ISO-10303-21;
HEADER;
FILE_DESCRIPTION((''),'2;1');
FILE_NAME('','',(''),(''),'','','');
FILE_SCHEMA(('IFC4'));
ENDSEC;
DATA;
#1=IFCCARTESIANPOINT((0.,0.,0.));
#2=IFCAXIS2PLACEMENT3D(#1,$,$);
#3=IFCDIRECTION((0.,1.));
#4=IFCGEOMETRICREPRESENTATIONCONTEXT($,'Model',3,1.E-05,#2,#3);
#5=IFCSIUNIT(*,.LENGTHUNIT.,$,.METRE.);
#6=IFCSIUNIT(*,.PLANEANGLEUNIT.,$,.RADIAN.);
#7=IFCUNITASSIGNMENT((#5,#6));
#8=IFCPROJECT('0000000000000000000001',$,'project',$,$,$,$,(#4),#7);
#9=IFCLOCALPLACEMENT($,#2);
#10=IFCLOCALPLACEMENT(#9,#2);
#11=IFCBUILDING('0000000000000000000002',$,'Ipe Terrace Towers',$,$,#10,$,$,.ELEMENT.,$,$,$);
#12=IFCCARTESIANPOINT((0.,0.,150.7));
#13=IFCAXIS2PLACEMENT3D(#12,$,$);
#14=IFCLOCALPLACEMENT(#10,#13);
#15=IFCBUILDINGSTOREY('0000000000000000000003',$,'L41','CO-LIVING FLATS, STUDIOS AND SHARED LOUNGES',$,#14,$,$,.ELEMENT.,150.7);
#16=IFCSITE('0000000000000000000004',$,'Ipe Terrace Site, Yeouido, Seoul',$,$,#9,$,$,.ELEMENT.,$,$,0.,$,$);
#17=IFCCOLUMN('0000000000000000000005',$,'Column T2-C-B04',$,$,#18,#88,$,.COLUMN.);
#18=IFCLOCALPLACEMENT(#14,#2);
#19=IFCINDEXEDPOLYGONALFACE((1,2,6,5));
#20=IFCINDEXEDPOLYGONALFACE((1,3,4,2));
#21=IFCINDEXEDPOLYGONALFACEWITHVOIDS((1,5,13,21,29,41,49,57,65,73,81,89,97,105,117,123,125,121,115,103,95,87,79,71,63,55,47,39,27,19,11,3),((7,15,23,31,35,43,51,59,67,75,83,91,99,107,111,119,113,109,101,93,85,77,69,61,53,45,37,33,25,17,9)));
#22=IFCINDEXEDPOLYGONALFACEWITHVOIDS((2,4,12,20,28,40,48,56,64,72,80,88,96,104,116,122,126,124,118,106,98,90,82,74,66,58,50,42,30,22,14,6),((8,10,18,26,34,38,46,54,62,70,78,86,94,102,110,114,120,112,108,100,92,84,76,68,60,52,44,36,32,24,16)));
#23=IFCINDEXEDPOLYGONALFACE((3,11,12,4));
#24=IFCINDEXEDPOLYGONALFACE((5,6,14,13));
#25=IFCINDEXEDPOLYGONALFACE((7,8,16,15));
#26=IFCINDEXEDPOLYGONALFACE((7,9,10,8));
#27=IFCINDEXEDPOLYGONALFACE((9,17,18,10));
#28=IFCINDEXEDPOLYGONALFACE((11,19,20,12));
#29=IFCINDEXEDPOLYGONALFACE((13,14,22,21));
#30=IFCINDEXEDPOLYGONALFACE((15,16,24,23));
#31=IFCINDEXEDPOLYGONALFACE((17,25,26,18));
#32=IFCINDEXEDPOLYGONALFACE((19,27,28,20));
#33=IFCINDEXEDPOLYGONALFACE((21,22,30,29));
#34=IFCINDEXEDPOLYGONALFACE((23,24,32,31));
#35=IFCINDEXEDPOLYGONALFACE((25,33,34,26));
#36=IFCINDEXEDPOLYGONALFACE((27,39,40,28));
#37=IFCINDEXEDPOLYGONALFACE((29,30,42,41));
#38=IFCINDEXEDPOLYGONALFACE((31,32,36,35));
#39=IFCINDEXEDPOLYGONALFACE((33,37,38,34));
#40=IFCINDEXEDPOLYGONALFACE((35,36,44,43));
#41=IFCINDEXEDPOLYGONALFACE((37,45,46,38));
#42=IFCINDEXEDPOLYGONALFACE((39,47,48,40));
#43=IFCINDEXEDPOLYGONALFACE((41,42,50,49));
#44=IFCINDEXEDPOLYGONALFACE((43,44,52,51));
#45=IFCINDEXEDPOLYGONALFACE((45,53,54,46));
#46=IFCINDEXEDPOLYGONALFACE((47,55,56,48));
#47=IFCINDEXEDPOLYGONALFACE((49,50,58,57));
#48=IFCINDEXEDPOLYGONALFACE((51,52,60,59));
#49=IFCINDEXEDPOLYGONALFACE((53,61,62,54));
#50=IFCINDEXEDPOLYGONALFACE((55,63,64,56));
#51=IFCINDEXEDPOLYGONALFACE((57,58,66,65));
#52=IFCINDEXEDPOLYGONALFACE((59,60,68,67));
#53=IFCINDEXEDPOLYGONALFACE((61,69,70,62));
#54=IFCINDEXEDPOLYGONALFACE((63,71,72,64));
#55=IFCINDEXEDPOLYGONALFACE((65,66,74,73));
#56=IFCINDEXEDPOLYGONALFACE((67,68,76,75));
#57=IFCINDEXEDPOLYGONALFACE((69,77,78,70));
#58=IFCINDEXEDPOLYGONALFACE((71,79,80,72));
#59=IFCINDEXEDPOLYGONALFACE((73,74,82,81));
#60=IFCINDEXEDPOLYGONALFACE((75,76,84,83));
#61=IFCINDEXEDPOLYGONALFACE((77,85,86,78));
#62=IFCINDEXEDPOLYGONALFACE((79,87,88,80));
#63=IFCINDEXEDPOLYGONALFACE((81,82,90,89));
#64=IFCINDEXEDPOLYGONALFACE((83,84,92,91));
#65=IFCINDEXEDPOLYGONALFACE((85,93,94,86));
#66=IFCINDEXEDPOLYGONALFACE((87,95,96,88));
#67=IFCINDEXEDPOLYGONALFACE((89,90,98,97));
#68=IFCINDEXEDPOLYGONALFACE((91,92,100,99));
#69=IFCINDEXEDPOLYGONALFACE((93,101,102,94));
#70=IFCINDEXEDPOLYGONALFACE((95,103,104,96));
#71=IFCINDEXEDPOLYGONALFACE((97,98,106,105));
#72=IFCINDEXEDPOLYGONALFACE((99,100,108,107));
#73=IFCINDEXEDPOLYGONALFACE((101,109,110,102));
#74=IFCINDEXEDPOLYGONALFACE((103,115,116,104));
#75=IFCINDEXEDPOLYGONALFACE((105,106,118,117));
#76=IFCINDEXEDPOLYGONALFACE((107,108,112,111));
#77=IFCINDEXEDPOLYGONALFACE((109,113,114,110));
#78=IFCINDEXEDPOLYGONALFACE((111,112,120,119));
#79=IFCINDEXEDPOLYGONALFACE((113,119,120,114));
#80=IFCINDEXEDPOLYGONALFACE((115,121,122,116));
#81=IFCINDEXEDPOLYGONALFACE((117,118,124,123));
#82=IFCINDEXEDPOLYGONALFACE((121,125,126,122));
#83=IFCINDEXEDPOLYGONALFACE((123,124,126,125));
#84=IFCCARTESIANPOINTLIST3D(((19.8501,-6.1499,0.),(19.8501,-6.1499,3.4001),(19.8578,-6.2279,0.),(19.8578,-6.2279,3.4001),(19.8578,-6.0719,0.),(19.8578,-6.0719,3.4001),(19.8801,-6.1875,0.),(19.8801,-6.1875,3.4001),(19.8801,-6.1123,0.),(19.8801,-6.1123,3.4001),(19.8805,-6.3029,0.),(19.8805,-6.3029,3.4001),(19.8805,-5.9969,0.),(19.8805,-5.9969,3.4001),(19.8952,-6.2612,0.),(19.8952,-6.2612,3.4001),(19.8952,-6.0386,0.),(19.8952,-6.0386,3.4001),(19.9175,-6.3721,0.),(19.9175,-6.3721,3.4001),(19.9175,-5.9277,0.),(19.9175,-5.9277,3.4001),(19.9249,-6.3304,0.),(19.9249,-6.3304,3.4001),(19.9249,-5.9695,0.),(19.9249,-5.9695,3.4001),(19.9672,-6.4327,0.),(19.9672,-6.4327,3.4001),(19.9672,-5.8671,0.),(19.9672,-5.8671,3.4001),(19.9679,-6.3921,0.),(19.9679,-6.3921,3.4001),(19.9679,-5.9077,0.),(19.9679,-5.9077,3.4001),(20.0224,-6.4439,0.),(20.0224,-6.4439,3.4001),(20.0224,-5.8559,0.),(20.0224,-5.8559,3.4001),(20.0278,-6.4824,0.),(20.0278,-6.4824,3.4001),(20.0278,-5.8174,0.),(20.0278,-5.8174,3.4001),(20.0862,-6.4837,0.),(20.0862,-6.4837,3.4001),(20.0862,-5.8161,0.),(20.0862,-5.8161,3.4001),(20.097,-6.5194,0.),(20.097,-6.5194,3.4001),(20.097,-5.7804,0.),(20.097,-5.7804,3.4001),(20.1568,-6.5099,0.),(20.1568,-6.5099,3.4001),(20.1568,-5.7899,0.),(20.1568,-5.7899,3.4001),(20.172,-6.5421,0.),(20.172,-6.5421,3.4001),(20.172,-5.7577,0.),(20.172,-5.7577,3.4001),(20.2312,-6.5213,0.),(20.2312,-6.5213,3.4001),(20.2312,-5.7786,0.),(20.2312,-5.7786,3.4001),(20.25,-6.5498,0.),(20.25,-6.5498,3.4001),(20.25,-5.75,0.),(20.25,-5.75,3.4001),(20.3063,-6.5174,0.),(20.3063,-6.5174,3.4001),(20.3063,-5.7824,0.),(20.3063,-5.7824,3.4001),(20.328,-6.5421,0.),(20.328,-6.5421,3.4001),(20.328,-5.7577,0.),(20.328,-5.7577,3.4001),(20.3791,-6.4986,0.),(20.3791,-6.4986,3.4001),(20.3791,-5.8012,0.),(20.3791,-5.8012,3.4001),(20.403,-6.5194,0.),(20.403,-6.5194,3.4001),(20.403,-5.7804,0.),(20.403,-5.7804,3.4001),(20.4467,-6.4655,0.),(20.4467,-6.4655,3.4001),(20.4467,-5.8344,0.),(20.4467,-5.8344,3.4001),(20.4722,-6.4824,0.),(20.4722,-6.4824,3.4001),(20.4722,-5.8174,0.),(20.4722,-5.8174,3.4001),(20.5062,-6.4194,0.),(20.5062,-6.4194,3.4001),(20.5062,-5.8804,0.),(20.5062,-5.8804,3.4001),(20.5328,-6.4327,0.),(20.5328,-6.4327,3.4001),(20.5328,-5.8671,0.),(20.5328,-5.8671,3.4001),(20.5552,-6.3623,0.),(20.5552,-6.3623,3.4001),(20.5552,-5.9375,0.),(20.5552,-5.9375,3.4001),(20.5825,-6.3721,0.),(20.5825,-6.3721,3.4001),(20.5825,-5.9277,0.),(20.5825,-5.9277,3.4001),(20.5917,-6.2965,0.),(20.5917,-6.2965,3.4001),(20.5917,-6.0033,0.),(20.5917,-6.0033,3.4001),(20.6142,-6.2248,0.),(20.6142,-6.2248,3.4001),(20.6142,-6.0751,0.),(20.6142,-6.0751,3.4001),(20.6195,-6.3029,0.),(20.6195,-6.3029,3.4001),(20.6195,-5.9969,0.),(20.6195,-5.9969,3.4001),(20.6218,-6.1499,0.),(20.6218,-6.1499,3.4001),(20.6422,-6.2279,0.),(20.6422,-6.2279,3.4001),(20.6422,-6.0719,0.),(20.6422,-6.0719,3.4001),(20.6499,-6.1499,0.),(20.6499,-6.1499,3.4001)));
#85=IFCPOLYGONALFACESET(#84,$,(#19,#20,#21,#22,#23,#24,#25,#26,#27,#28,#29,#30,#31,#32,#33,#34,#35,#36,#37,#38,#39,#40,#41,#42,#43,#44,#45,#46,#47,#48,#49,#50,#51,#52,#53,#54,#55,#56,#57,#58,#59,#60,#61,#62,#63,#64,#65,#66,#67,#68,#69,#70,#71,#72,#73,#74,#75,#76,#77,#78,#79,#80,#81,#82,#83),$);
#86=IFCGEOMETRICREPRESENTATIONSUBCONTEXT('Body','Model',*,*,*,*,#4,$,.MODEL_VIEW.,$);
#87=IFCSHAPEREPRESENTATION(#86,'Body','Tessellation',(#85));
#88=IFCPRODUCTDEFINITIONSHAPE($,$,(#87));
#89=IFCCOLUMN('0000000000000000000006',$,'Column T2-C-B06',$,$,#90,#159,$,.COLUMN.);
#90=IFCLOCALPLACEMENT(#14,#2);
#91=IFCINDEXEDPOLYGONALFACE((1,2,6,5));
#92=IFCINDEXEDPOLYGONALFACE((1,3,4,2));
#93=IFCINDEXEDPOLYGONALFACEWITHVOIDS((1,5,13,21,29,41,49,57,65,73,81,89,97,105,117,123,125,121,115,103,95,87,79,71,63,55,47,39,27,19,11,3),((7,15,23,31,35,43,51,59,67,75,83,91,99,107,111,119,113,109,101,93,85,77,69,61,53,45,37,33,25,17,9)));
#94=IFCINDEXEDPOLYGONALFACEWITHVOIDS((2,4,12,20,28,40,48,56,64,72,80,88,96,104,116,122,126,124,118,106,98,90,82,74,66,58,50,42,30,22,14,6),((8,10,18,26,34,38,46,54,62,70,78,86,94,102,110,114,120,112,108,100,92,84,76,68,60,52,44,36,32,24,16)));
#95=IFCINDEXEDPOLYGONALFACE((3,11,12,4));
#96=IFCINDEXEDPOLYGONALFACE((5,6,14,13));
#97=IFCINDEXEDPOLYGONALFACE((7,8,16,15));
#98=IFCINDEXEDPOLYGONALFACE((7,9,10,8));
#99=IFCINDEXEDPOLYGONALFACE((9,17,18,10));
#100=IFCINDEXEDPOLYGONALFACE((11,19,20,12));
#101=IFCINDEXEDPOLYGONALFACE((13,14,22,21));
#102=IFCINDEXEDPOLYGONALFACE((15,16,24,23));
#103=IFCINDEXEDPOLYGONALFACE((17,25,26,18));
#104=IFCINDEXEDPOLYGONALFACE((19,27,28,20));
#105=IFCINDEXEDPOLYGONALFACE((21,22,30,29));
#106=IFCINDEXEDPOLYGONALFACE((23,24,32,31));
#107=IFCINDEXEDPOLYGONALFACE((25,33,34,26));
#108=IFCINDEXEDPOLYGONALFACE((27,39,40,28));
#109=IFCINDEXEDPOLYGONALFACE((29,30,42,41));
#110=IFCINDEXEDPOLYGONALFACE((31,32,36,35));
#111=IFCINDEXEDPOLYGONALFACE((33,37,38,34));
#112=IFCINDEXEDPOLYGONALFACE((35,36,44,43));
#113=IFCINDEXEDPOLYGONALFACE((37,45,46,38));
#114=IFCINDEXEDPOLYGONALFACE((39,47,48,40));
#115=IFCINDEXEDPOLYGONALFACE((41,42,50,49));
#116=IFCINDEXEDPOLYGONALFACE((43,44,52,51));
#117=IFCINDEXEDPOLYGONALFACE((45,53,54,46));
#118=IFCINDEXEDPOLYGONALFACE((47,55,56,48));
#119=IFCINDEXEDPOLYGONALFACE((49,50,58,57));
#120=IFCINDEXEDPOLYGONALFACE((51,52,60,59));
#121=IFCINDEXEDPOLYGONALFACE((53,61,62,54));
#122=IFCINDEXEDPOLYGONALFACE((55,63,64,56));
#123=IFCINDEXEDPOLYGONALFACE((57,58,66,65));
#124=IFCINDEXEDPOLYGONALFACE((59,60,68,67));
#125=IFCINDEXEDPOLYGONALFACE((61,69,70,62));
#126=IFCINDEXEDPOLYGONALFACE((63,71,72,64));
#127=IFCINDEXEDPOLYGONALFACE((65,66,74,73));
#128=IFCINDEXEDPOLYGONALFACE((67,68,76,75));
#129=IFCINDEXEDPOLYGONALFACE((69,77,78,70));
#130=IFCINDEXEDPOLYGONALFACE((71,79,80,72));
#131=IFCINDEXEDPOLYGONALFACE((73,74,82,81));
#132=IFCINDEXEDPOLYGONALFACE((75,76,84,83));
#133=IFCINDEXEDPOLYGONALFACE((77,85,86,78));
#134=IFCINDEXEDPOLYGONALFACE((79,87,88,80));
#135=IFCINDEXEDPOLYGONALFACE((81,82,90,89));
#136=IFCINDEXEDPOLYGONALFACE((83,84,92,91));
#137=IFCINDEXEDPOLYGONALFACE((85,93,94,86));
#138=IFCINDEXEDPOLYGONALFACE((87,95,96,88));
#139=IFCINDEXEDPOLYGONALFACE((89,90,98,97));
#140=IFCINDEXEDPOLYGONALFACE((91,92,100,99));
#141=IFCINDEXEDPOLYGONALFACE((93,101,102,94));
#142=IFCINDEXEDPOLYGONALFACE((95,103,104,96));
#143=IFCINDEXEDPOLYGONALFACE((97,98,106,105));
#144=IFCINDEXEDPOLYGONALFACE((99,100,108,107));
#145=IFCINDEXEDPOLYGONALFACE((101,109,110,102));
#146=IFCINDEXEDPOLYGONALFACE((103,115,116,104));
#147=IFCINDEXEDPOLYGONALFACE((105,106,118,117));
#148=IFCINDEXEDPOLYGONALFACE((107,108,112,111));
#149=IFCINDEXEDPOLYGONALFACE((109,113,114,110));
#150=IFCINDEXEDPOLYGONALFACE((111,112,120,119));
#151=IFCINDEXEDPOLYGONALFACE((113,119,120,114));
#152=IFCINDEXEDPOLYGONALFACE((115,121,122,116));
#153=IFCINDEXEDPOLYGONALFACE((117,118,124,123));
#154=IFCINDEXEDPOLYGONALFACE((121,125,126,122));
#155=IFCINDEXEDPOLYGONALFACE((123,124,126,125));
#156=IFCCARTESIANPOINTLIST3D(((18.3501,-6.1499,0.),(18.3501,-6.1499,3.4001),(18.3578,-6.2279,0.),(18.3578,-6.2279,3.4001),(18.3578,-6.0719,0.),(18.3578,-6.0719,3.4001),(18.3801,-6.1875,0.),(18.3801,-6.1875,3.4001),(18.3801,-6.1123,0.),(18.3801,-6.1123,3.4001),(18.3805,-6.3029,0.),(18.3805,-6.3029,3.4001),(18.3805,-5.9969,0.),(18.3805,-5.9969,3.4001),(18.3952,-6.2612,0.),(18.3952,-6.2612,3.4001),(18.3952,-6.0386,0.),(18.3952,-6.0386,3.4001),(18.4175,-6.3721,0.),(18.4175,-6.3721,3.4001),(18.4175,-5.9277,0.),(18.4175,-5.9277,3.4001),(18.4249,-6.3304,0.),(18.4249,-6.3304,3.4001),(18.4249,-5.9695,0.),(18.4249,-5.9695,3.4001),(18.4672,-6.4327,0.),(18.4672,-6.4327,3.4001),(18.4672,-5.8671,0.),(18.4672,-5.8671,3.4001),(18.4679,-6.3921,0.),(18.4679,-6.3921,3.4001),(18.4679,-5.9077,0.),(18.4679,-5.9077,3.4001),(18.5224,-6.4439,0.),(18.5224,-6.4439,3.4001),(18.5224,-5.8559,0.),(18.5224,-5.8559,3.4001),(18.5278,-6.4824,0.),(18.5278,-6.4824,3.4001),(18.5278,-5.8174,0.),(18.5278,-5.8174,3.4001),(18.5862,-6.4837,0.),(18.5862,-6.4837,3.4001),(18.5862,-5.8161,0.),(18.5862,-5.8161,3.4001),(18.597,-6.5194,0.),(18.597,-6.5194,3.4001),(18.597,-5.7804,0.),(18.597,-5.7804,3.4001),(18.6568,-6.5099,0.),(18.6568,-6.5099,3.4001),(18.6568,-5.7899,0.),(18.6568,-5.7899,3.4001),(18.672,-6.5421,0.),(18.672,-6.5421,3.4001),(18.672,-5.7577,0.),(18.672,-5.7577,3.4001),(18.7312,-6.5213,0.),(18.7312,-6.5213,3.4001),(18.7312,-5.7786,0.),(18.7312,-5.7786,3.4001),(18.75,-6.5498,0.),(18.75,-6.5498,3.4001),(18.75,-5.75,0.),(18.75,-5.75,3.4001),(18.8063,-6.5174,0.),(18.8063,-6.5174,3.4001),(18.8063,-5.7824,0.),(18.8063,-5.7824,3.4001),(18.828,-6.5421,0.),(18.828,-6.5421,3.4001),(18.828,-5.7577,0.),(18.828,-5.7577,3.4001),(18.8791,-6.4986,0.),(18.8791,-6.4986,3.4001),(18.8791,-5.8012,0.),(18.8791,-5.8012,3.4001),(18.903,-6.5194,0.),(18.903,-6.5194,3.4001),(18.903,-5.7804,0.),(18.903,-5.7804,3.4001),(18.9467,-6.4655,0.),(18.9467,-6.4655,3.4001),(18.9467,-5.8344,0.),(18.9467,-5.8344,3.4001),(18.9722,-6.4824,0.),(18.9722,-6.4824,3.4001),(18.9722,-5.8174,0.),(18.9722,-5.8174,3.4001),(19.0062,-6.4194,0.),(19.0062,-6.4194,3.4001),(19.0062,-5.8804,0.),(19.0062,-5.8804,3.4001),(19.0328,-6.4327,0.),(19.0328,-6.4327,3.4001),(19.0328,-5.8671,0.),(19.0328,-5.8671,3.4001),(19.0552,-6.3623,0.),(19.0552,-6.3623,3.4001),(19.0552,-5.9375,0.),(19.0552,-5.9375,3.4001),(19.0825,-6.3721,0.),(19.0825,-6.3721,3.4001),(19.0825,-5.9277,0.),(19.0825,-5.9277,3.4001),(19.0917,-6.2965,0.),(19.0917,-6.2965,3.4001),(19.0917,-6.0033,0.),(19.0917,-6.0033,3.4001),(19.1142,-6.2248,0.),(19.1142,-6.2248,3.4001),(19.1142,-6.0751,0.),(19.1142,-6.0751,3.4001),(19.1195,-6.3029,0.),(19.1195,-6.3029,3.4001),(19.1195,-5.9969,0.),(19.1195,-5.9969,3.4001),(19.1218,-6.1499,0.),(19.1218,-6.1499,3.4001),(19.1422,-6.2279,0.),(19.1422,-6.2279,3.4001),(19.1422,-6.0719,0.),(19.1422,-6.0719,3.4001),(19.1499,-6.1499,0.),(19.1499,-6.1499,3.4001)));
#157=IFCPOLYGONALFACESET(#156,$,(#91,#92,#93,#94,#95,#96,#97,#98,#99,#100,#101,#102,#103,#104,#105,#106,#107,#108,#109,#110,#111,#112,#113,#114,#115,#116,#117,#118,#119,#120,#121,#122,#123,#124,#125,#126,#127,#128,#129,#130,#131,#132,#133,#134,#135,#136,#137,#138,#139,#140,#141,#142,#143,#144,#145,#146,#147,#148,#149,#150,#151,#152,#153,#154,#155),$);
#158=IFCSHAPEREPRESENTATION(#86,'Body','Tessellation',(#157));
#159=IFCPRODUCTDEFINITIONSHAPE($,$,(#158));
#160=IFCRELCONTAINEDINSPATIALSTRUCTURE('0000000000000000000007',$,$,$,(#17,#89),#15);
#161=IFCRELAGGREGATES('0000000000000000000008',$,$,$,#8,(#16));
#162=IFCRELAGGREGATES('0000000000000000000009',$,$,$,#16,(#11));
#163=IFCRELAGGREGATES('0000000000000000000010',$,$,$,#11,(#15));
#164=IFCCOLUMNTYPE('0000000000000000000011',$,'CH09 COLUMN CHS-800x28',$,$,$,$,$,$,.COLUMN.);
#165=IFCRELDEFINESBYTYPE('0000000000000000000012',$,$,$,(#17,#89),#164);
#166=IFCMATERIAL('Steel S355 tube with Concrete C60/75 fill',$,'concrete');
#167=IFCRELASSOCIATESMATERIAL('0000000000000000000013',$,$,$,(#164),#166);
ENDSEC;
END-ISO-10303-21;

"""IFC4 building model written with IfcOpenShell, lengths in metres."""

from ifc_helpers import new_model, si_unit, direction, frame, origin, origin_2d, place, context, subcontext, project, spatial, hollow_circle, extrude, material, material_profile, profile_set, type_object, element, save


model = new_model("IFC4")

# Units and contexts
model_context = context("Model", 3, precision=1e-05, world=origin(), true_north=direction((0.0, 1.0)))
body_context = subcontext(model_context, "Body", "Model", "MODEL_VIEW")
ifc_project = project(units=[si_unit("LENGTHUNIT", "METRE"), si_unit("PLANEANGLEUNIT", "RADIAN")], contexts=[model_context])

# Site, building, storey
site_placement = place(None, origin())
site = spatial("IfcSite", under=ifc_project, at=site_placement, Name="Ipe Terrace Site, Yeouido, Seoul", CompositionType="ELEMENT", RefElevation=0.0)
building_placement = place(site_placement, origin())
building = spatial("IfcBuilding", under=site, at=building_placement, Name="Ipe Terrace Towers", CompositionType="ELEMENT")
storey_placement = place(building_placement, frame((0.0, 0.0, 150.7)))
storey = spatial("IfcBuildingStorey", under=building, at=storey_placement, Name="L41", Description="CO-LIVING FLATS, STUDIOS AND SHARED LOUNGES", CompositionType="ELEMENT", Elevation=150.7)

# Columns
ifc_material_1 = material(Name="Steel S355 tube with Concrete C60/75 fill", Category="concrete")
ifc_material_profile_1 = material_profile(ifc_material_1, hollow_circle(Radius=0.3999, WallThickness=0.0281, at=origin_2d()), Name="CHS-800x28")
ifc_profile_set_1 = profile_set([ifc_material_profile_1], Name="Steel S355 tube with Concrete C60/75 fill")
column_type = type_object("IfcColumnType", Name="CH09 COLUMN CHS-800x28", PredefinedType="COLUMN", material=ifc_profile_set_1)
for number, where, z_axis, x_axis, name in (
    (1, (20.25, -6.1499, 0.0), (0.0, 0.0, 1.0), (1.0, 0.0, 0.0), "Column T2-C-B04"),
    (2, (18.75, -6.1499, 0.0), (0.0, 0.0, 1.0), (1.0, 0.0, 0.0), "Column T2-C-B06"),
):
    element("IfcColumn", number, at=place(storey_placement, frame(where, z_axis=z_axis, x_axis=x_axis)), inside=storey, type_object=column_type, Name=name, PredefinedType="COLUMN", context=body_context, shape_type="SweptSolid", body=[
        extrude(hollow_circle(Radius=0.3999, WallThickness=0.0281, at=origin_2d()), origin(), (0.0, 0.0, 1.0), 3.4001),
    ])

save(model, "model.ifc")
